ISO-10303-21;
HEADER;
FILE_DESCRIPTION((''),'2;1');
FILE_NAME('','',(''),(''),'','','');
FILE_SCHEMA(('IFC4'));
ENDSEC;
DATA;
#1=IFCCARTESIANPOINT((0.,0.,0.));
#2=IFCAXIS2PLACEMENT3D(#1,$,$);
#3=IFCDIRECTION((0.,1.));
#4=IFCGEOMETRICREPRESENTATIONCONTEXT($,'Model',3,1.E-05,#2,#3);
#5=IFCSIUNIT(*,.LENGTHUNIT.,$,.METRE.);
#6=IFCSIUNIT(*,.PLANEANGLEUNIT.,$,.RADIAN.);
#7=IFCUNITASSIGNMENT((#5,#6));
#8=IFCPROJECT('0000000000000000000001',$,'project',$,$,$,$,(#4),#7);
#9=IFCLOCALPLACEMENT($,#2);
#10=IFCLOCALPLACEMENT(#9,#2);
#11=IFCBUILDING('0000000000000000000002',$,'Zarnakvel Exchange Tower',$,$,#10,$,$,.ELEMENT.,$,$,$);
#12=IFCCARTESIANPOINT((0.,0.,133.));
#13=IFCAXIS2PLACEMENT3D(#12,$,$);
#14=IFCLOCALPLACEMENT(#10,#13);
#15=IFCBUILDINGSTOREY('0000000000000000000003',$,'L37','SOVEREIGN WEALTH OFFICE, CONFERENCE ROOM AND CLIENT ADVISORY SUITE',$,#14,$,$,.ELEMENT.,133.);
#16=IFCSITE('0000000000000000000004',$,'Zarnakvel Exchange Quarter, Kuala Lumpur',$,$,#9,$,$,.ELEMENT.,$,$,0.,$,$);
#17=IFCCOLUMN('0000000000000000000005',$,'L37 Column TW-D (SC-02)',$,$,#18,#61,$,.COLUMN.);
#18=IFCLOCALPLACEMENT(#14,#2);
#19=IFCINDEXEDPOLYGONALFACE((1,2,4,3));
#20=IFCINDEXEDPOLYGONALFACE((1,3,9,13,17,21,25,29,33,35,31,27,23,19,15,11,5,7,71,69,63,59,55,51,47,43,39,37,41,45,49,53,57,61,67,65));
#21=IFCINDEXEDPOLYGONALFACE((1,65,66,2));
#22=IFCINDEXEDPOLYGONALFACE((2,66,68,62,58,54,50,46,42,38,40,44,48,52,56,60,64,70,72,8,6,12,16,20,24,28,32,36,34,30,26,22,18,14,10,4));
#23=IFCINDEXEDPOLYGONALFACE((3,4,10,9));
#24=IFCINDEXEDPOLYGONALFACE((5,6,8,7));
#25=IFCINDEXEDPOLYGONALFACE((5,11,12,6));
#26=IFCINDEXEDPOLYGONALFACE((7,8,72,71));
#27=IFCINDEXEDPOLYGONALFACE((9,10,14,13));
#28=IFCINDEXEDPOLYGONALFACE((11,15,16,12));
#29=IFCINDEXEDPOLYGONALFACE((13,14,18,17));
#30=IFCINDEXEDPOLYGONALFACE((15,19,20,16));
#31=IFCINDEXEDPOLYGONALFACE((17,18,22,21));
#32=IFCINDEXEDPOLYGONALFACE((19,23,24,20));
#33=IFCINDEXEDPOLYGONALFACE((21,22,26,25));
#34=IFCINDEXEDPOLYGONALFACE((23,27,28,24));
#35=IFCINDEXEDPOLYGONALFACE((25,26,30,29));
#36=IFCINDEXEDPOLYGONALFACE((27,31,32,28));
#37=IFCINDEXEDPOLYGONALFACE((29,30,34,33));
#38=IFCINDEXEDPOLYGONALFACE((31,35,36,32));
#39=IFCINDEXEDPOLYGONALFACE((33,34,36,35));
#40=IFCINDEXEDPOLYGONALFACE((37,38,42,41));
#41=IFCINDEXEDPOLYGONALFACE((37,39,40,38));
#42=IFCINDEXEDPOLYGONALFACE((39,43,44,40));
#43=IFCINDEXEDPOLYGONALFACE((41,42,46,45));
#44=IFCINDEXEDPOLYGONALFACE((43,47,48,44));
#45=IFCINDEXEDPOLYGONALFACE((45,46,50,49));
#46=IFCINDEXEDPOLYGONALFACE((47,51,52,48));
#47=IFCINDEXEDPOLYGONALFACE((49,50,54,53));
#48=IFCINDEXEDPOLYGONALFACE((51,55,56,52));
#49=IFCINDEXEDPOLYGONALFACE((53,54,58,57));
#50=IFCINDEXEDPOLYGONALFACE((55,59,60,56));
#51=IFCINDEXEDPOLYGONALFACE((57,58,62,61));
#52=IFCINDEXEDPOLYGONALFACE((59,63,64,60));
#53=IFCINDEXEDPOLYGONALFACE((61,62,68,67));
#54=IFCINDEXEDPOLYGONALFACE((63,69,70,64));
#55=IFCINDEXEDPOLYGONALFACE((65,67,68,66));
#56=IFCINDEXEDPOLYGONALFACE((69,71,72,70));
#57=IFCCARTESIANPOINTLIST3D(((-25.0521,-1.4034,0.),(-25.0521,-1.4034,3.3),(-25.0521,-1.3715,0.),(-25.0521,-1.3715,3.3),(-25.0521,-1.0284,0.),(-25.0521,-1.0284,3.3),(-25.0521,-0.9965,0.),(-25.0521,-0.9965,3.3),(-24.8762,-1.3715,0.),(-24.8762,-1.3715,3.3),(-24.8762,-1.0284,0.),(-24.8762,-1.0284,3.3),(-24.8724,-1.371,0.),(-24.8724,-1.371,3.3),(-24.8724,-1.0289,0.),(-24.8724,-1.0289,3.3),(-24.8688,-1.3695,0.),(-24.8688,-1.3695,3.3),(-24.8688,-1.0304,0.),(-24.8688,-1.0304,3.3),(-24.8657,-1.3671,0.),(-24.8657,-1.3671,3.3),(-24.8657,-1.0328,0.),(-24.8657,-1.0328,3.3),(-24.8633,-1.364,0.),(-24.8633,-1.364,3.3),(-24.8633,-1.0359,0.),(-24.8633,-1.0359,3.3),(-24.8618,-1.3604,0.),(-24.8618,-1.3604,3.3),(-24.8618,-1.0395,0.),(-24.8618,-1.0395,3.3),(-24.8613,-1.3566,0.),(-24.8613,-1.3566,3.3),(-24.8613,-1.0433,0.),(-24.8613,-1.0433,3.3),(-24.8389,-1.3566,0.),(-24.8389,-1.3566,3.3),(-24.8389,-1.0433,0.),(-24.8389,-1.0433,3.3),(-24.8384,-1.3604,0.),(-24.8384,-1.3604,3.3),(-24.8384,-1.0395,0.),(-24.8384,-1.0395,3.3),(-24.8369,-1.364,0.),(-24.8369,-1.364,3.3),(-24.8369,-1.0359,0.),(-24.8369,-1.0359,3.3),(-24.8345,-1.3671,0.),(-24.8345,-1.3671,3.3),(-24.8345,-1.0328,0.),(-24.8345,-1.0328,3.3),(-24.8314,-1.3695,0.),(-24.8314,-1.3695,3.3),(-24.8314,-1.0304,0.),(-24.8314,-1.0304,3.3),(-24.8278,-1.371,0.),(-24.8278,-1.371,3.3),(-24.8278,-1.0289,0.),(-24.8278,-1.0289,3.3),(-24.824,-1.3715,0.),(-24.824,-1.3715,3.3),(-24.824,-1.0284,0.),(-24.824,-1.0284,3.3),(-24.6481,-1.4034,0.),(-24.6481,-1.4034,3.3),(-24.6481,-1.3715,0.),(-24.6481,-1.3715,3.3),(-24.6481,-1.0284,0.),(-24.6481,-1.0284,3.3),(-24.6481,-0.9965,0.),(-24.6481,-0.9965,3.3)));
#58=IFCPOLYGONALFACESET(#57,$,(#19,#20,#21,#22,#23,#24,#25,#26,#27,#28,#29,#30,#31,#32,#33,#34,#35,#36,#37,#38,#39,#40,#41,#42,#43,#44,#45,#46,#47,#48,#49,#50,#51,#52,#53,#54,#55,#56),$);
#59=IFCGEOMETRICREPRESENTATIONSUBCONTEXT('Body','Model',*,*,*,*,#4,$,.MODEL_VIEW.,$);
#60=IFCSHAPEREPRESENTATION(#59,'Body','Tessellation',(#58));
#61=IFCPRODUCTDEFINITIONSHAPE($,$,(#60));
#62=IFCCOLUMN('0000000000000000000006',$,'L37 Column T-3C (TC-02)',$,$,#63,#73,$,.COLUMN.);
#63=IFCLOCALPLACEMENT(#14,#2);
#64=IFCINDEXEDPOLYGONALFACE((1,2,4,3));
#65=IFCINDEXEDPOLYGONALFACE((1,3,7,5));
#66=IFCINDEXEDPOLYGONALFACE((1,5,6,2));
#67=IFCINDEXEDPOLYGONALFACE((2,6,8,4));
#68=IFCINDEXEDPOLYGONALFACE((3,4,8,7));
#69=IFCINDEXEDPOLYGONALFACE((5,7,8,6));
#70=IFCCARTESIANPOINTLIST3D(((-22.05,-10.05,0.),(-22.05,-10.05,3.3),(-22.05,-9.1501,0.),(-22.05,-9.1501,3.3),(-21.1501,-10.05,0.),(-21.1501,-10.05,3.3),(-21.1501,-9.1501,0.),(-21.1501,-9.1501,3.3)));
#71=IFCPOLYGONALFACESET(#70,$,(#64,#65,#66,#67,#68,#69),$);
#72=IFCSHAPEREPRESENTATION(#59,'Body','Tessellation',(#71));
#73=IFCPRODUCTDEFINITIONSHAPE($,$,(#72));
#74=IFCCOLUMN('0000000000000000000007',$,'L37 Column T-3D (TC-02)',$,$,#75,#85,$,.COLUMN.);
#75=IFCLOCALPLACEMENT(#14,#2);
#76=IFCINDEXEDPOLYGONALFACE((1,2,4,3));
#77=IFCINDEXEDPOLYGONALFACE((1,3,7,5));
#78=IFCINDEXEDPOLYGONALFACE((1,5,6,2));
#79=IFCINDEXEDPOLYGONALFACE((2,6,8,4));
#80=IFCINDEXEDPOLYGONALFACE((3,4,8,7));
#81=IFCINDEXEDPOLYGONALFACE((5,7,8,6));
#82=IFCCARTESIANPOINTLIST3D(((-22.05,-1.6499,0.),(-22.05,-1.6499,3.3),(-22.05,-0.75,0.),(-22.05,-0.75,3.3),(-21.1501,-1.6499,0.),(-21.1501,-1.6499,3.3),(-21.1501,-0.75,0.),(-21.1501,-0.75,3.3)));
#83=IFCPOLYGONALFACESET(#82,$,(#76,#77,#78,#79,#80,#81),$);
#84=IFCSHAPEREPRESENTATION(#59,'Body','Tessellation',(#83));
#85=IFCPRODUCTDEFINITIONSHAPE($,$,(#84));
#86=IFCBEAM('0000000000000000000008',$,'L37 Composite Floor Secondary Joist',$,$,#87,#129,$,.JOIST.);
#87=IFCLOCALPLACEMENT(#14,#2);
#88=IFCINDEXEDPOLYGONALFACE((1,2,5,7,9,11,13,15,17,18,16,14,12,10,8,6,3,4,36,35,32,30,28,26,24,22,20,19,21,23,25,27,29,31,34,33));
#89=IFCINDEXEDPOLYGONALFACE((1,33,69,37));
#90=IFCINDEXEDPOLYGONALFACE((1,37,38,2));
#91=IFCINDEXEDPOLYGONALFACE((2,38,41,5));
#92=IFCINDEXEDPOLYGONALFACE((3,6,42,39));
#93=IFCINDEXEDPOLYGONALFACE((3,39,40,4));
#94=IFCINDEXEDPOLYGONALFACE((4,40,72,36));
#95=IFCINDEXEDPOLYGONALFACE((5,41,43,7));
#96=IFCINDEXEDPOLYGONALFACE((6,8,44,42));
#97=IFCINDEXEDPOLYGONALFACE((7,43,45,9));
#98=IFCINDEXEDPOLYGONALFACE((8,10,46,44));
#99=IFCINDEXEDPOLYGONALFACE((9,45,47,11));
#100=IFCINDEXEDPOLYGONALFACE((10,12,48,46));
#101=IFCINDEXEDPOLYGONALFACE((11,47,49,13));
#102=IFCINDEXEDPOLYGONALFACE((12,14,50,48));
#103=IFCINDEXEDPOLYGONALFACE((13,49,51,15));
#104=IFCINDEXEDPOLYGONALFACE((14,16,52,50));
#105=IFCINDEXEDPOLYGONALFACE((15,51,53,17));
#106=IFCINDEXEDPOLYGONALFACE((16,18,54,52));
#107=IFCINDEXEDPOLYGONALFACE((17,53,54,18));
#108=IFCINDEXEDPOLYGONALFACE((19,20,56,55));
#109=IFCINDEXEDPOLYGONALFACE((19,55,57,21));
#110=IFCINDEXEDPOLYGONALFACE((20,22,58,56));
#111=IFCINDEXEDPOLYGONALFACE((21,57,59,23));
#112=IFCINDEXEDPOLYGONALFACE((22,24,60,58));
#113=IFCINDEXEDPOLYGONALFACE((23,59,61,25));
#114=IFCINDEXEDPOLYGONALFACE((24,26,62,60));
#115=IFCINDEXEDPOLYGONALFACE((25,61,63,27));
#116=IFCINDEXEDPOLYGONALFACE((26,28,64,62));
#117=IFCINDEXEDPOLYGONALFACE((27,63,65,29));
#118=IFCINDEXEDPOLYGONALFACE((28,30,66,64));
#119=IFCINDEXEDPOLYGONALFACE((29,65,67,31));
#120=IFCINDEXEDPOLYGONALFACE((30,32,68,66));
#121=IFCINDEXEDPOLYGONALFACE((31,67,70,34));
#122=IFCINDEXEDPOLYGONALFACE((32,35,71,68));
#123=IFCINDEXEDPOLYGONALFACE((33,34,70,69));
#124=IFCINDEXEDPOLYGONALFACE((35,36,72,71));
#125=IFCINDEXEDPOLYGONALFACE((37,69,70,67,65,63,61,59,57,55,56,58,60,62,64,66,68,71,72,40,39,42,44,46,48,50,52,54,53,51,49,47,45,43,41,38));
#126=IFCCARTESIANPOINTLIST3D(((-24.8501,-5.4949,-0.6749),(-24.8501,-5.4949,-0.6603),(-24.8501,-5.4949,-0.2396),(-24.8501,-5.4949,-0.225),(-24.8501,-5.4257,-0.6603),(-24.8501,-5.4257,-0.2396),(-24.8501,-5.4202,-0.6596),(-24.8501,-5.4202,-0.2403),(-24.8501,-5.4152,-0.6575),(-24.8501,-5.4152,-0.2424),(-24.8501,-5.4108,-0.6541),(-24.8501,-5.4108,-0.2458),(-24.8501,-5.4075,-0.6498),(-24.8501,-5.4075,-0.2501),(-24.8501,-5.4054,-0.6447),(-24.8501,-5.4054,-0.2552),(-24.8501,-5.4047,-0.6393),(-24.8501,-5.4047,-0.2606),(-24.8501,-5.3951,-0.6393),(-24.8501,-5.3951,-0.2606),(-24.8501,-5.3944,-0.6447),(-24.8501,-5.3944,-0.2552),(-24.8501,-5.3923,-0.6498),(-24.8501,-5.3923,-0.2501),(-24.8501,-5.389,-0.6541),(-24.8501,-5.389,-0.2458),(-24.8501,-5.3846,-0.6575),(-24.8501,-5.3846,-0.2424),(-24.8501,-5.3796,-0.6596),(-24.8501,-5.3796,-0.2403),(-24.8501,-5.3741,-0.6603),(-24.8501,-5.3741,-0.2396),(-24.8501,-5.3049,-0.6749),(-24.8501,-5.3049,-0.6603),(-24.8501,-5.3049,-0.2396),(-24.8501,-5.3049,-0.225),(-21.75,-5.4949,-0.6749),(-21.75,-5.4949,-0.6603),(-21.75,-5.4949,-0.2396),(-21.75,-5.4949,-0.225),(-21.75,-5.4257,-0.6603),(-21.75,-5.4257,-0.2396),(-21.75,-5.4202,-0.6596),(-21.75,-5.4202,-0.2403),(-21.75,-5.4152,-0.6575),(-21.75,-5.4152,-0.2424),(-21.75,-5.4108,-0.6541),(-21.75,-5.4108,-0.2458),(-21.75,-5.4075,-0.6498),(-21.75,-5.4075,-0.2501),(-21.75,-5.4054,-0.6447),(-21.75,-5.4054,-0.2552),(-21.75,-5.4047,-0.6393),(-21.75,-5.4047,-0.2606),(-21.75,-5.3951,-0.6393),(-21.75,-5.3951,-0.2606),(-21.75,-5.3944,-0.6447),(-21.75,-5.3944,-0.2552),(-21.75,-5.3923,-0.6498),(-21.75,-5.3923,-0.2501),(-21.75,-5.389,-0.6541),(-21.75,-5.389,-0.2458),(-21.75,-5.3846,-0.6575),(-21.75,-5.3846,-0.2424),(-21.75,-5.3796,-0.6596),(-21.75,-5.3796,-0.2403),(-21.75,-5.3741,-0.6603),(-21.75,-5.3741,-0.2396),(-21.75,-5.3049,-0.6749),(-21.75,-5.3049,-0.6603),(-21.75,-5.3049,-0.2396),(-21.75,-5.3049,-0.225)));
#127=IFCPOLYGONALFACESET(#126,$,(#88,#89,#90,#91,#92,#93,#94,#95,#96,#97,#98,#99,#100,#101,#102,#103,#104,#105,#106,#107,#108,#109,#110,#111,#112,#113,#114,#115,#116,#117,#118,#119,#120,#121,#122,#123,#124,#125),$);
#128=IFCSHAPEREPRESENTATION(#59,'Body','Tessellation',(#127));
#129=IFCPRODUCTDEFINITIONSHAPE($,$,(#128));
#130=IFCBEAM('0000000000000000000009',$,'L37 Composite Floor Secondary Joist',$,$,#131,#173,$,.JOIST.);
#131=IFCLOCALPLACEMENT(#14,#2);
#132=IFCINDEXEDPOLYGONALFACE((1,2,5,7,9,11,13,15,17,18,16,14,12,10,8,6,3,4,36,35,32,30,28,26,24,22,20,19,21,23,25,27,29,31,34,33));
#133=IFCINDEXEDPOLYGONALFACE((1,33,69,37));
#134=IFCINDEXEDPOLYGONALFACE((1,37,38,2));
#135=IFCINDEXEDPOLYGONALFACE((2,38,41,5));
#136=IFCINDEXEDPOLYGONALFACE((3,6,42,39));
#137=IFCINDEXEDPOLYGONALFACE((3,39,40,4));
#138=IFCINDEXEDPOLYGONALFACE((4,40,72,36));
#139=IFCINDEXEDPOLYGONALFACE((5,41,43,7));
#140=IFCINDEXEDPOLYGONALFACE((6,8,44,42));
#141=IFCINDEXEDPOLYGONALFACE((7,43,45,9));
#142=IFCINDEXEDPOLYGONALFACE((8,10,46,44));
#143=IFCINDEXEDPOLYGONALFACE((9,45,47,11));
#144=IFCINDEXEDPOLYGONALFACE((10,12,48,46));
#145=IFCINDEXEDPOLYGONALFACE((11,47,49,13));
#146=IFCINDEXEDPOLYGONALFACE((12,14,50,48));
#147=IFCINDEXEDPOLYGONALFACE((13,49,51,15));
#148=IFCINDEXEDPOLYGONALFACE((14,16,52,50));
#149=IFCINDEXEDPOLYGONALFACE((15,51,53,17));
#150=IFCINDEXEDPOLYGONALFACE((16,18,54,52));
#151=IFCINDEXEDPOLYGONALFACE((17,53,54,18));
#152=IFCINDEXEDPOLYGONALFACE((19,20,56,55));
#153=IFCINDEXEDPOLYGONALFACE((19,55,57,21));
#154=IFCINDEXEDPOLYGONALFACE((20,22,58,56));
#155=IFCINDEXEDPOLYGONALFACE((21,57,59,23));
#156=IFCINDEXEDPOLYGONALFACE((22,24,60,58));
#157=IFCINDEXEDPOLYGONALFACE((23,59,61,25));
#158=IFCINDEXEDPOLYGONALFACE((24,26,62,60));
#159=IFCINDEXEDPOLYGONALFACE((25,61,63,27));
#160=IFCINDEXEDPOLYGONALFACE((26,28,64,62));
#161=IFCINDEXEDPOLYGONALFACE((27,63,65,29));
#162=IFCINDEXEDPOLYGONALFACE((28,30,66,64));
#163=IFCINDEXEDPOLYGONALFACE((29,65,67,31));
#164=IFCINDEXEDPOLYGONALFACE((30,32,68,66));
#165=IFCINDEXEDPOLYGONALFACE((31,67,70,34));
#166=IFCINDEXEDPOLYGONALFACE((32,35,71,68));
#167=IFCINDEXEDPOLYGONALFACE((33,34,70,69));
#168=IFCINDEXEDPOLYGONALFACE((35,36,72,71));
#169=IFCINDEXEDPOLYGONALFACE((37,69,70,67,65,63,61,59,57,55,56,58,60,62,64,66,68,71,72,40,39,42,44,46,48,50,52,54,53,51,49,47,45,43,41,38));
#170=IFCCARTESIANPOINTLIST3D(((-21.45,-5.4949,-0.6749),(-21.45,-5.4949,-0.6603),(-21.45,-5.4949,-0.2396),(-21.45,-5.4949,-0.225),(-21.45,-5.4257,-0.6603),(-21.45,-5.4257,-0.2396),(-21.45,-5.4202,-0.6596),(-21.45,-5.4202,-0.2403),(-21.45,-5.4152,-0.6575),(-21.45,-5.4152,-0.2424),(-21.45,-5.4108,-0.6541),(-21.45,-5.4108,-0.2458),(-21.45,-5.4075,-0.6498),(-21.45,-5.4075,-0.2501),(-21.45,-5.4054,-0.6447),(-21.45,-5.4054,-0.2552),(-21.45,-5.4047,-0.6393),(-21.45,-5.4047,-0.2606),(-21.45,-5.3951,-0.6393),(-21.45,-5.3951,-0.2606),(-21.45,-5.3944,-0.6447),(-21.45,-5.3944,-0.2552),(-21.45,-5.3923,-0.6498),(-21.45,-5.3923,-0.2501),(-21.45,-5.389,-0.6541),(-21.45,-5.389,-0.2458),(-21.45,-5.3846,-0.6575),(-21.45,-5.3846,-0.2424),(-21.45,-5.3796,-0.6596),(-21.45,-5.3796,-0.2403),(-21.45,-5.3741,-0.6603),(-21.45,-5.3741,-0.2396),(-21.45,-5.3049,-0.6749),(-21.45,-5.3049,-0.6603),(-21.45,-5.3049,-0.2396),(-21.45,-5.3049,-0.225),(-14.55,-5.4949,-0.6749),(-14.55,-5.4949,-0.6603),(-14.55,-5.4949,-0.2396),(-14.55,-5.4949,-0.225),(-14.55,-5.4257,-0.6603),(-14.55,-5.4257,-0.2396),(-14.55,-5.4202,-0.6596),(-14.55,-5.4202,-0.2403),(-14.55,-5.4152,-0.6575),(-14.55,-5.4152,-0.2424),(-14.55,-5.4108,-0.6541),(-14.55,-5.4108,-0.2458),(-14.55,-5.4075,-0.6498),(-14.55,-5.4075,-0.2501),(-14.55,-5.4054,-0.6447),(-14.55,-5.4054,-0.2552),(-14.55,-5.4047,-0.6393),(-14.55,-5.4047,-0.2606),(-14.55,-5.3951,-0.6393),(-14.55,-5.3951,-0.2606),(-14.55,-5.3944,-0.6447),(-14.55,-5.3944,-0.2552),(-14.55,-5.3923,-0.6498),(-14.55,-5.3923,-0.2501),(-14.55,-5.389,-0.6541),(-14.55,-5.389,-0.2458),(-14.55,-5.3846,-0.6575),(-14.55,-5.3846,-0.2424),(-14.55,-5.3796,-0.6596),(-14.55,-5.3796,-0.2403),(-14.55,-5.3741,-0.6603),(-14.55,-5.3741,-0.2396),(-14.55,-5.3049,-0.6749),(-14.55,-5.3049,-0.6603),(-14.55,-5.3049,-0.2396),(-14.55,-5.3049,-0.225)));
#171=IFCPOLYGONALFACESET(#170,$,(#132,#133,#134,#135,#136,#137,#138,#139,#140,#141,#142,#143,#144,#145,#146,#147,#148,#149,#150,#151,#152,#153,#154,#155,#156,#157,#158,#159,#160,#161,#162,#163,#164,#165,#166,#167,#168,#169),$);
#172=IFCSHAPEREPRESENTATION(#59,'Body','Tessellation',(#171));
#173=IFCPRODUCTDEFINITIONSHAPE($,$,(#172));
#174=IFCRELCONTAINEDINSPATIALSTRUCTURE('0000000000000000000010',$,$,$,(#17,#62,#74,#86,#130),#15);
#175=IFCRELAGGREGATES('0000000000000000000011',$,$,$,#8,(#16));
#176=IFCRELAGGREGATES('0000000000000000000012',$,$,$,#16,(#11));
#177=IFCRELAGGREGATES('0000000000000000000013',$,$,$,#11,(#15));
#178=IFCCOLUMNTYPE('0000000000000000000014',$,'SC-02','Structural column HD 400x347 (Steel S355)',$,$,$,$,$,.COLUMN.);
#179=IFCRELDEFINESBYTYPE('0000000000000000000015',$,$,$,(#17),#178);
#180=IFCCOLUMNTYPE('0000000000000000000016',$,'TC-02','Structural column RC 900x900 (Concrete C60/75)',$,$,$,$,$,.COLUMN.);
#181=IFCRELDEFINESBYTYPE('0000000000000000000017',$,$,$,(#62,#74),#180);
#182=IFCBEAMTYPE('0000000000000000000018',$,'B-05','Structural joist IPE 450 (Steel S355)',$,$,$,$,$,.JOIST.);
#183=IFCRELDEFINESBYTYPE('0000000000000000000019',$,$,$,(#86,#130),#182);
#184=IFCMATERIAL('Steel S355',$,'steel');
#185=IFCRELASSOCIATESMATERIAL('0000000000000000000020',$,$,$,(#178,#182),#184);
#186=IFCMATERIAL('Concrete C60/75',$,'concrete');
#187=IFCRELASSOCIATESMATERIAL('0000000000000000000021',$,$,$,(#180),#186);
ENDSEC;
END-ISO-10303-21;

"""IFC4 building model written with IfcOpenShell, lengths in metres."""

from ifc_helpers import new_model, si_unit, direction, frame, origin, origin_2d, place, context, subcontext, project, spatial, rectangle, i_section, extrude, material, material_profile, profile_set, type_object, element, save


model = new_model("IFC4")

# Units and contexts
model_context = context("Model", 3, precision=1e-05, world=origin(), true_north=direction((0.0, 1.0)))
body_context = subcontext(model_context, "Body", "Model", "MODEL_VIEW")
ifc_project = project(units=[si_unit("LENGTHUNIT", "METRE"), si_unit("PLANEANGLEUNIT", "RADIAN")], contexts=[model_context])

# Site, building, storey
site_placement = place(None, origin())
site = spatial("IfcSite", under=ifc_project, at=site_placement, Name="Zarnakvel Exchange Quarter, Kuala Lumpur", CompositionType="ELEMENT", RefElevation=0.0)
building_placement = place(site_placement, origin())
building = spatial("IfcBuilding", under=site, at=building_placement, Name="Zarnakvel Exchange Tower", CompositionType="ELEMENT")
storey_placement = place(building_placement, frame((0.0, 0.0, 133.0)))
storey = spatial("IfcBuildingStorey", under=building, at=storey_placement, Name="L37", Description="SOVEREIGN WEALTH OFFICE, CONFERENCE ROOM AND CLIENT ADVISORY SUITE", CompositionType="ELEMENT", Elevation=133.0)

# Columns
ifc_material_1 = material(Name="Steel S355", Category="steel")
ifc_material_profile_1 = material_profile(ifc_material_1, i_section(OverallWidth=0.4041, OverallDepth=0.407, WebThickness=0.0225, FlangeThickness=0.032, FilletRadius=0.0149, at=origin_2d()))
ifc_profile_set_1 = profile_set([ifc_material_profile_1], Name="Steel S355")
column_type_1 = type_object("IfcColumnType", Name="SC-02", Description="Structural column HD 400x347 (Steel S355)", PredefinedType="COLUMN", material=ifc_profile_set_1)
column_placement = place(storey_placement, frame((-24.8501, -1.2, 0.0), z_axis=(0.0, 0.0, 1.0), x_axis=(1.0, 0.0, 0.0)))
element("IfcColumn", 1, at=column_placement, inside=storey, type_object=column_type_1, Name="L37 Column TW-D (SC-02)", PredefinedType="COLUMN", context=body_context, shape_type="SweptSolid", body=[
    extrude(i_section(OverallWidth=0.4041, OverallDepth=0.407, WebThickness=0.0225, FlangeThickness=0.032, FilletRadius=0.0149, at=origin_2d()), origin(), (0.0, 0.0, 1.0), 3.3),
])
ifc_material_2 = material(Name="Concrete C60/75", Category="concrete")
ifc_material_profile_2 = material_profile(ifc_material_2, rectangle(XDim=0.8999, YDim=0.8999, at=origin_2d()))
ifc_profile_set_2 = profile_set([ifc_material_profile_2], Name="Concrete C60/75")
column_type_2 = type_object("IfcColumnType", Name="TC-02", Description="Structural column RC 900x900 (Concrete C60/75)", PredefinedType="COLUMN", material=ifc_profile_set_2)
for number, where, z_axis, x_axis, name in (
    (2, (-21.6001, -9.6001, 0.0), (0.0, 0.0, 1.0), (1.0, 0.0, 0.0), "L37 Column T-3C (TC-02)"),
    (3, (-21.6001, -1.2, 0.0), (0.0, 0.0, 1.0), (1.0, 0.0, 0.0), "L37 Column T-3D (TC-02)"),
):
    element("IfcColumn", number, at=place(storey_placement, frame(where, z_axis=z_axis, x_axis=x_axis)), inside=storey, type_object=column_type_2, Name=name, PredefinedType="COLUMN", context=body_context, shape_type="SweptSolid", body=[
        extrude(rectangle(XDim=0.8999, YDim=0.8999, at=origin_2d()), origin(), (0.0, 0.0, 1.0), 3.3),
    ])

# Beams
ifc_material_profile_3 = material_profile(ifc_material_1, i_section(OverallWidth=0.1899, OverallDepth=0.45, WebThickness=0.0095, FlangeThickness=0.0146, FilletRadius=0.021, at=origin_2d()))
ifc_profile_set_3 = profile_set([ifc_material_profile_3], Name="Steel S355")
beam_type_1 = type_object("IfcBeamType", Name="B-05", Description="Structural joist IPE 450 (Steel S355)", PredefinedType="JOIST", material=ifc_profile_set_3)
beam_1_placement = place(storey_placement, frame((-24.8501, -5.3999, -0.45), z_axis=(1.0, 0.0, 0.0), x_axis=(0.0, 1.0, 0.0)))
element("IfcBeam", 4, at=beam_1_placement, inside=storey, type_object=beam_type_1, Name="L37 Composite Floor Secondary Joist", PredefinedType="JOIST", context=body_context, shape_type="SweptSolid", body=[
    extrude(i_section(OverallWidth=0.1899, OverallDepth=0.45, WebThickness=0.0095, FlangeThickness=0.0146, FilletRadius=0.021, at=origin_2d()), origin(), (0.0, 0.0, 1.0), 3.1001),
])
beam_2_placement = place(storey_placement, frame((-21.45, -5.3999, -0.45), z_axis=(1.0, 0.0, 0.0), x_axis=(0.0, 1.0, 0.0)))
element("IfcBeam", 5, at=beam_2_placement, inside=storey, type_object=beam_type_1, Name="L37 Composite Floor Secondary Joist", PredefinedType="JOIST", context=body_context, shape_type="SweptSolid", body=[
    extrude(i_section(OverallWidth=0.1899, OverallDepth=0.45, WebThickness=0.0095, FlangeThickness=0.0146, FilletRadius=0.021, at=origin_2d()), origin(), (0.0, 0.0, 1.0), 6.8999),
])

save(model, "model.ifc")
